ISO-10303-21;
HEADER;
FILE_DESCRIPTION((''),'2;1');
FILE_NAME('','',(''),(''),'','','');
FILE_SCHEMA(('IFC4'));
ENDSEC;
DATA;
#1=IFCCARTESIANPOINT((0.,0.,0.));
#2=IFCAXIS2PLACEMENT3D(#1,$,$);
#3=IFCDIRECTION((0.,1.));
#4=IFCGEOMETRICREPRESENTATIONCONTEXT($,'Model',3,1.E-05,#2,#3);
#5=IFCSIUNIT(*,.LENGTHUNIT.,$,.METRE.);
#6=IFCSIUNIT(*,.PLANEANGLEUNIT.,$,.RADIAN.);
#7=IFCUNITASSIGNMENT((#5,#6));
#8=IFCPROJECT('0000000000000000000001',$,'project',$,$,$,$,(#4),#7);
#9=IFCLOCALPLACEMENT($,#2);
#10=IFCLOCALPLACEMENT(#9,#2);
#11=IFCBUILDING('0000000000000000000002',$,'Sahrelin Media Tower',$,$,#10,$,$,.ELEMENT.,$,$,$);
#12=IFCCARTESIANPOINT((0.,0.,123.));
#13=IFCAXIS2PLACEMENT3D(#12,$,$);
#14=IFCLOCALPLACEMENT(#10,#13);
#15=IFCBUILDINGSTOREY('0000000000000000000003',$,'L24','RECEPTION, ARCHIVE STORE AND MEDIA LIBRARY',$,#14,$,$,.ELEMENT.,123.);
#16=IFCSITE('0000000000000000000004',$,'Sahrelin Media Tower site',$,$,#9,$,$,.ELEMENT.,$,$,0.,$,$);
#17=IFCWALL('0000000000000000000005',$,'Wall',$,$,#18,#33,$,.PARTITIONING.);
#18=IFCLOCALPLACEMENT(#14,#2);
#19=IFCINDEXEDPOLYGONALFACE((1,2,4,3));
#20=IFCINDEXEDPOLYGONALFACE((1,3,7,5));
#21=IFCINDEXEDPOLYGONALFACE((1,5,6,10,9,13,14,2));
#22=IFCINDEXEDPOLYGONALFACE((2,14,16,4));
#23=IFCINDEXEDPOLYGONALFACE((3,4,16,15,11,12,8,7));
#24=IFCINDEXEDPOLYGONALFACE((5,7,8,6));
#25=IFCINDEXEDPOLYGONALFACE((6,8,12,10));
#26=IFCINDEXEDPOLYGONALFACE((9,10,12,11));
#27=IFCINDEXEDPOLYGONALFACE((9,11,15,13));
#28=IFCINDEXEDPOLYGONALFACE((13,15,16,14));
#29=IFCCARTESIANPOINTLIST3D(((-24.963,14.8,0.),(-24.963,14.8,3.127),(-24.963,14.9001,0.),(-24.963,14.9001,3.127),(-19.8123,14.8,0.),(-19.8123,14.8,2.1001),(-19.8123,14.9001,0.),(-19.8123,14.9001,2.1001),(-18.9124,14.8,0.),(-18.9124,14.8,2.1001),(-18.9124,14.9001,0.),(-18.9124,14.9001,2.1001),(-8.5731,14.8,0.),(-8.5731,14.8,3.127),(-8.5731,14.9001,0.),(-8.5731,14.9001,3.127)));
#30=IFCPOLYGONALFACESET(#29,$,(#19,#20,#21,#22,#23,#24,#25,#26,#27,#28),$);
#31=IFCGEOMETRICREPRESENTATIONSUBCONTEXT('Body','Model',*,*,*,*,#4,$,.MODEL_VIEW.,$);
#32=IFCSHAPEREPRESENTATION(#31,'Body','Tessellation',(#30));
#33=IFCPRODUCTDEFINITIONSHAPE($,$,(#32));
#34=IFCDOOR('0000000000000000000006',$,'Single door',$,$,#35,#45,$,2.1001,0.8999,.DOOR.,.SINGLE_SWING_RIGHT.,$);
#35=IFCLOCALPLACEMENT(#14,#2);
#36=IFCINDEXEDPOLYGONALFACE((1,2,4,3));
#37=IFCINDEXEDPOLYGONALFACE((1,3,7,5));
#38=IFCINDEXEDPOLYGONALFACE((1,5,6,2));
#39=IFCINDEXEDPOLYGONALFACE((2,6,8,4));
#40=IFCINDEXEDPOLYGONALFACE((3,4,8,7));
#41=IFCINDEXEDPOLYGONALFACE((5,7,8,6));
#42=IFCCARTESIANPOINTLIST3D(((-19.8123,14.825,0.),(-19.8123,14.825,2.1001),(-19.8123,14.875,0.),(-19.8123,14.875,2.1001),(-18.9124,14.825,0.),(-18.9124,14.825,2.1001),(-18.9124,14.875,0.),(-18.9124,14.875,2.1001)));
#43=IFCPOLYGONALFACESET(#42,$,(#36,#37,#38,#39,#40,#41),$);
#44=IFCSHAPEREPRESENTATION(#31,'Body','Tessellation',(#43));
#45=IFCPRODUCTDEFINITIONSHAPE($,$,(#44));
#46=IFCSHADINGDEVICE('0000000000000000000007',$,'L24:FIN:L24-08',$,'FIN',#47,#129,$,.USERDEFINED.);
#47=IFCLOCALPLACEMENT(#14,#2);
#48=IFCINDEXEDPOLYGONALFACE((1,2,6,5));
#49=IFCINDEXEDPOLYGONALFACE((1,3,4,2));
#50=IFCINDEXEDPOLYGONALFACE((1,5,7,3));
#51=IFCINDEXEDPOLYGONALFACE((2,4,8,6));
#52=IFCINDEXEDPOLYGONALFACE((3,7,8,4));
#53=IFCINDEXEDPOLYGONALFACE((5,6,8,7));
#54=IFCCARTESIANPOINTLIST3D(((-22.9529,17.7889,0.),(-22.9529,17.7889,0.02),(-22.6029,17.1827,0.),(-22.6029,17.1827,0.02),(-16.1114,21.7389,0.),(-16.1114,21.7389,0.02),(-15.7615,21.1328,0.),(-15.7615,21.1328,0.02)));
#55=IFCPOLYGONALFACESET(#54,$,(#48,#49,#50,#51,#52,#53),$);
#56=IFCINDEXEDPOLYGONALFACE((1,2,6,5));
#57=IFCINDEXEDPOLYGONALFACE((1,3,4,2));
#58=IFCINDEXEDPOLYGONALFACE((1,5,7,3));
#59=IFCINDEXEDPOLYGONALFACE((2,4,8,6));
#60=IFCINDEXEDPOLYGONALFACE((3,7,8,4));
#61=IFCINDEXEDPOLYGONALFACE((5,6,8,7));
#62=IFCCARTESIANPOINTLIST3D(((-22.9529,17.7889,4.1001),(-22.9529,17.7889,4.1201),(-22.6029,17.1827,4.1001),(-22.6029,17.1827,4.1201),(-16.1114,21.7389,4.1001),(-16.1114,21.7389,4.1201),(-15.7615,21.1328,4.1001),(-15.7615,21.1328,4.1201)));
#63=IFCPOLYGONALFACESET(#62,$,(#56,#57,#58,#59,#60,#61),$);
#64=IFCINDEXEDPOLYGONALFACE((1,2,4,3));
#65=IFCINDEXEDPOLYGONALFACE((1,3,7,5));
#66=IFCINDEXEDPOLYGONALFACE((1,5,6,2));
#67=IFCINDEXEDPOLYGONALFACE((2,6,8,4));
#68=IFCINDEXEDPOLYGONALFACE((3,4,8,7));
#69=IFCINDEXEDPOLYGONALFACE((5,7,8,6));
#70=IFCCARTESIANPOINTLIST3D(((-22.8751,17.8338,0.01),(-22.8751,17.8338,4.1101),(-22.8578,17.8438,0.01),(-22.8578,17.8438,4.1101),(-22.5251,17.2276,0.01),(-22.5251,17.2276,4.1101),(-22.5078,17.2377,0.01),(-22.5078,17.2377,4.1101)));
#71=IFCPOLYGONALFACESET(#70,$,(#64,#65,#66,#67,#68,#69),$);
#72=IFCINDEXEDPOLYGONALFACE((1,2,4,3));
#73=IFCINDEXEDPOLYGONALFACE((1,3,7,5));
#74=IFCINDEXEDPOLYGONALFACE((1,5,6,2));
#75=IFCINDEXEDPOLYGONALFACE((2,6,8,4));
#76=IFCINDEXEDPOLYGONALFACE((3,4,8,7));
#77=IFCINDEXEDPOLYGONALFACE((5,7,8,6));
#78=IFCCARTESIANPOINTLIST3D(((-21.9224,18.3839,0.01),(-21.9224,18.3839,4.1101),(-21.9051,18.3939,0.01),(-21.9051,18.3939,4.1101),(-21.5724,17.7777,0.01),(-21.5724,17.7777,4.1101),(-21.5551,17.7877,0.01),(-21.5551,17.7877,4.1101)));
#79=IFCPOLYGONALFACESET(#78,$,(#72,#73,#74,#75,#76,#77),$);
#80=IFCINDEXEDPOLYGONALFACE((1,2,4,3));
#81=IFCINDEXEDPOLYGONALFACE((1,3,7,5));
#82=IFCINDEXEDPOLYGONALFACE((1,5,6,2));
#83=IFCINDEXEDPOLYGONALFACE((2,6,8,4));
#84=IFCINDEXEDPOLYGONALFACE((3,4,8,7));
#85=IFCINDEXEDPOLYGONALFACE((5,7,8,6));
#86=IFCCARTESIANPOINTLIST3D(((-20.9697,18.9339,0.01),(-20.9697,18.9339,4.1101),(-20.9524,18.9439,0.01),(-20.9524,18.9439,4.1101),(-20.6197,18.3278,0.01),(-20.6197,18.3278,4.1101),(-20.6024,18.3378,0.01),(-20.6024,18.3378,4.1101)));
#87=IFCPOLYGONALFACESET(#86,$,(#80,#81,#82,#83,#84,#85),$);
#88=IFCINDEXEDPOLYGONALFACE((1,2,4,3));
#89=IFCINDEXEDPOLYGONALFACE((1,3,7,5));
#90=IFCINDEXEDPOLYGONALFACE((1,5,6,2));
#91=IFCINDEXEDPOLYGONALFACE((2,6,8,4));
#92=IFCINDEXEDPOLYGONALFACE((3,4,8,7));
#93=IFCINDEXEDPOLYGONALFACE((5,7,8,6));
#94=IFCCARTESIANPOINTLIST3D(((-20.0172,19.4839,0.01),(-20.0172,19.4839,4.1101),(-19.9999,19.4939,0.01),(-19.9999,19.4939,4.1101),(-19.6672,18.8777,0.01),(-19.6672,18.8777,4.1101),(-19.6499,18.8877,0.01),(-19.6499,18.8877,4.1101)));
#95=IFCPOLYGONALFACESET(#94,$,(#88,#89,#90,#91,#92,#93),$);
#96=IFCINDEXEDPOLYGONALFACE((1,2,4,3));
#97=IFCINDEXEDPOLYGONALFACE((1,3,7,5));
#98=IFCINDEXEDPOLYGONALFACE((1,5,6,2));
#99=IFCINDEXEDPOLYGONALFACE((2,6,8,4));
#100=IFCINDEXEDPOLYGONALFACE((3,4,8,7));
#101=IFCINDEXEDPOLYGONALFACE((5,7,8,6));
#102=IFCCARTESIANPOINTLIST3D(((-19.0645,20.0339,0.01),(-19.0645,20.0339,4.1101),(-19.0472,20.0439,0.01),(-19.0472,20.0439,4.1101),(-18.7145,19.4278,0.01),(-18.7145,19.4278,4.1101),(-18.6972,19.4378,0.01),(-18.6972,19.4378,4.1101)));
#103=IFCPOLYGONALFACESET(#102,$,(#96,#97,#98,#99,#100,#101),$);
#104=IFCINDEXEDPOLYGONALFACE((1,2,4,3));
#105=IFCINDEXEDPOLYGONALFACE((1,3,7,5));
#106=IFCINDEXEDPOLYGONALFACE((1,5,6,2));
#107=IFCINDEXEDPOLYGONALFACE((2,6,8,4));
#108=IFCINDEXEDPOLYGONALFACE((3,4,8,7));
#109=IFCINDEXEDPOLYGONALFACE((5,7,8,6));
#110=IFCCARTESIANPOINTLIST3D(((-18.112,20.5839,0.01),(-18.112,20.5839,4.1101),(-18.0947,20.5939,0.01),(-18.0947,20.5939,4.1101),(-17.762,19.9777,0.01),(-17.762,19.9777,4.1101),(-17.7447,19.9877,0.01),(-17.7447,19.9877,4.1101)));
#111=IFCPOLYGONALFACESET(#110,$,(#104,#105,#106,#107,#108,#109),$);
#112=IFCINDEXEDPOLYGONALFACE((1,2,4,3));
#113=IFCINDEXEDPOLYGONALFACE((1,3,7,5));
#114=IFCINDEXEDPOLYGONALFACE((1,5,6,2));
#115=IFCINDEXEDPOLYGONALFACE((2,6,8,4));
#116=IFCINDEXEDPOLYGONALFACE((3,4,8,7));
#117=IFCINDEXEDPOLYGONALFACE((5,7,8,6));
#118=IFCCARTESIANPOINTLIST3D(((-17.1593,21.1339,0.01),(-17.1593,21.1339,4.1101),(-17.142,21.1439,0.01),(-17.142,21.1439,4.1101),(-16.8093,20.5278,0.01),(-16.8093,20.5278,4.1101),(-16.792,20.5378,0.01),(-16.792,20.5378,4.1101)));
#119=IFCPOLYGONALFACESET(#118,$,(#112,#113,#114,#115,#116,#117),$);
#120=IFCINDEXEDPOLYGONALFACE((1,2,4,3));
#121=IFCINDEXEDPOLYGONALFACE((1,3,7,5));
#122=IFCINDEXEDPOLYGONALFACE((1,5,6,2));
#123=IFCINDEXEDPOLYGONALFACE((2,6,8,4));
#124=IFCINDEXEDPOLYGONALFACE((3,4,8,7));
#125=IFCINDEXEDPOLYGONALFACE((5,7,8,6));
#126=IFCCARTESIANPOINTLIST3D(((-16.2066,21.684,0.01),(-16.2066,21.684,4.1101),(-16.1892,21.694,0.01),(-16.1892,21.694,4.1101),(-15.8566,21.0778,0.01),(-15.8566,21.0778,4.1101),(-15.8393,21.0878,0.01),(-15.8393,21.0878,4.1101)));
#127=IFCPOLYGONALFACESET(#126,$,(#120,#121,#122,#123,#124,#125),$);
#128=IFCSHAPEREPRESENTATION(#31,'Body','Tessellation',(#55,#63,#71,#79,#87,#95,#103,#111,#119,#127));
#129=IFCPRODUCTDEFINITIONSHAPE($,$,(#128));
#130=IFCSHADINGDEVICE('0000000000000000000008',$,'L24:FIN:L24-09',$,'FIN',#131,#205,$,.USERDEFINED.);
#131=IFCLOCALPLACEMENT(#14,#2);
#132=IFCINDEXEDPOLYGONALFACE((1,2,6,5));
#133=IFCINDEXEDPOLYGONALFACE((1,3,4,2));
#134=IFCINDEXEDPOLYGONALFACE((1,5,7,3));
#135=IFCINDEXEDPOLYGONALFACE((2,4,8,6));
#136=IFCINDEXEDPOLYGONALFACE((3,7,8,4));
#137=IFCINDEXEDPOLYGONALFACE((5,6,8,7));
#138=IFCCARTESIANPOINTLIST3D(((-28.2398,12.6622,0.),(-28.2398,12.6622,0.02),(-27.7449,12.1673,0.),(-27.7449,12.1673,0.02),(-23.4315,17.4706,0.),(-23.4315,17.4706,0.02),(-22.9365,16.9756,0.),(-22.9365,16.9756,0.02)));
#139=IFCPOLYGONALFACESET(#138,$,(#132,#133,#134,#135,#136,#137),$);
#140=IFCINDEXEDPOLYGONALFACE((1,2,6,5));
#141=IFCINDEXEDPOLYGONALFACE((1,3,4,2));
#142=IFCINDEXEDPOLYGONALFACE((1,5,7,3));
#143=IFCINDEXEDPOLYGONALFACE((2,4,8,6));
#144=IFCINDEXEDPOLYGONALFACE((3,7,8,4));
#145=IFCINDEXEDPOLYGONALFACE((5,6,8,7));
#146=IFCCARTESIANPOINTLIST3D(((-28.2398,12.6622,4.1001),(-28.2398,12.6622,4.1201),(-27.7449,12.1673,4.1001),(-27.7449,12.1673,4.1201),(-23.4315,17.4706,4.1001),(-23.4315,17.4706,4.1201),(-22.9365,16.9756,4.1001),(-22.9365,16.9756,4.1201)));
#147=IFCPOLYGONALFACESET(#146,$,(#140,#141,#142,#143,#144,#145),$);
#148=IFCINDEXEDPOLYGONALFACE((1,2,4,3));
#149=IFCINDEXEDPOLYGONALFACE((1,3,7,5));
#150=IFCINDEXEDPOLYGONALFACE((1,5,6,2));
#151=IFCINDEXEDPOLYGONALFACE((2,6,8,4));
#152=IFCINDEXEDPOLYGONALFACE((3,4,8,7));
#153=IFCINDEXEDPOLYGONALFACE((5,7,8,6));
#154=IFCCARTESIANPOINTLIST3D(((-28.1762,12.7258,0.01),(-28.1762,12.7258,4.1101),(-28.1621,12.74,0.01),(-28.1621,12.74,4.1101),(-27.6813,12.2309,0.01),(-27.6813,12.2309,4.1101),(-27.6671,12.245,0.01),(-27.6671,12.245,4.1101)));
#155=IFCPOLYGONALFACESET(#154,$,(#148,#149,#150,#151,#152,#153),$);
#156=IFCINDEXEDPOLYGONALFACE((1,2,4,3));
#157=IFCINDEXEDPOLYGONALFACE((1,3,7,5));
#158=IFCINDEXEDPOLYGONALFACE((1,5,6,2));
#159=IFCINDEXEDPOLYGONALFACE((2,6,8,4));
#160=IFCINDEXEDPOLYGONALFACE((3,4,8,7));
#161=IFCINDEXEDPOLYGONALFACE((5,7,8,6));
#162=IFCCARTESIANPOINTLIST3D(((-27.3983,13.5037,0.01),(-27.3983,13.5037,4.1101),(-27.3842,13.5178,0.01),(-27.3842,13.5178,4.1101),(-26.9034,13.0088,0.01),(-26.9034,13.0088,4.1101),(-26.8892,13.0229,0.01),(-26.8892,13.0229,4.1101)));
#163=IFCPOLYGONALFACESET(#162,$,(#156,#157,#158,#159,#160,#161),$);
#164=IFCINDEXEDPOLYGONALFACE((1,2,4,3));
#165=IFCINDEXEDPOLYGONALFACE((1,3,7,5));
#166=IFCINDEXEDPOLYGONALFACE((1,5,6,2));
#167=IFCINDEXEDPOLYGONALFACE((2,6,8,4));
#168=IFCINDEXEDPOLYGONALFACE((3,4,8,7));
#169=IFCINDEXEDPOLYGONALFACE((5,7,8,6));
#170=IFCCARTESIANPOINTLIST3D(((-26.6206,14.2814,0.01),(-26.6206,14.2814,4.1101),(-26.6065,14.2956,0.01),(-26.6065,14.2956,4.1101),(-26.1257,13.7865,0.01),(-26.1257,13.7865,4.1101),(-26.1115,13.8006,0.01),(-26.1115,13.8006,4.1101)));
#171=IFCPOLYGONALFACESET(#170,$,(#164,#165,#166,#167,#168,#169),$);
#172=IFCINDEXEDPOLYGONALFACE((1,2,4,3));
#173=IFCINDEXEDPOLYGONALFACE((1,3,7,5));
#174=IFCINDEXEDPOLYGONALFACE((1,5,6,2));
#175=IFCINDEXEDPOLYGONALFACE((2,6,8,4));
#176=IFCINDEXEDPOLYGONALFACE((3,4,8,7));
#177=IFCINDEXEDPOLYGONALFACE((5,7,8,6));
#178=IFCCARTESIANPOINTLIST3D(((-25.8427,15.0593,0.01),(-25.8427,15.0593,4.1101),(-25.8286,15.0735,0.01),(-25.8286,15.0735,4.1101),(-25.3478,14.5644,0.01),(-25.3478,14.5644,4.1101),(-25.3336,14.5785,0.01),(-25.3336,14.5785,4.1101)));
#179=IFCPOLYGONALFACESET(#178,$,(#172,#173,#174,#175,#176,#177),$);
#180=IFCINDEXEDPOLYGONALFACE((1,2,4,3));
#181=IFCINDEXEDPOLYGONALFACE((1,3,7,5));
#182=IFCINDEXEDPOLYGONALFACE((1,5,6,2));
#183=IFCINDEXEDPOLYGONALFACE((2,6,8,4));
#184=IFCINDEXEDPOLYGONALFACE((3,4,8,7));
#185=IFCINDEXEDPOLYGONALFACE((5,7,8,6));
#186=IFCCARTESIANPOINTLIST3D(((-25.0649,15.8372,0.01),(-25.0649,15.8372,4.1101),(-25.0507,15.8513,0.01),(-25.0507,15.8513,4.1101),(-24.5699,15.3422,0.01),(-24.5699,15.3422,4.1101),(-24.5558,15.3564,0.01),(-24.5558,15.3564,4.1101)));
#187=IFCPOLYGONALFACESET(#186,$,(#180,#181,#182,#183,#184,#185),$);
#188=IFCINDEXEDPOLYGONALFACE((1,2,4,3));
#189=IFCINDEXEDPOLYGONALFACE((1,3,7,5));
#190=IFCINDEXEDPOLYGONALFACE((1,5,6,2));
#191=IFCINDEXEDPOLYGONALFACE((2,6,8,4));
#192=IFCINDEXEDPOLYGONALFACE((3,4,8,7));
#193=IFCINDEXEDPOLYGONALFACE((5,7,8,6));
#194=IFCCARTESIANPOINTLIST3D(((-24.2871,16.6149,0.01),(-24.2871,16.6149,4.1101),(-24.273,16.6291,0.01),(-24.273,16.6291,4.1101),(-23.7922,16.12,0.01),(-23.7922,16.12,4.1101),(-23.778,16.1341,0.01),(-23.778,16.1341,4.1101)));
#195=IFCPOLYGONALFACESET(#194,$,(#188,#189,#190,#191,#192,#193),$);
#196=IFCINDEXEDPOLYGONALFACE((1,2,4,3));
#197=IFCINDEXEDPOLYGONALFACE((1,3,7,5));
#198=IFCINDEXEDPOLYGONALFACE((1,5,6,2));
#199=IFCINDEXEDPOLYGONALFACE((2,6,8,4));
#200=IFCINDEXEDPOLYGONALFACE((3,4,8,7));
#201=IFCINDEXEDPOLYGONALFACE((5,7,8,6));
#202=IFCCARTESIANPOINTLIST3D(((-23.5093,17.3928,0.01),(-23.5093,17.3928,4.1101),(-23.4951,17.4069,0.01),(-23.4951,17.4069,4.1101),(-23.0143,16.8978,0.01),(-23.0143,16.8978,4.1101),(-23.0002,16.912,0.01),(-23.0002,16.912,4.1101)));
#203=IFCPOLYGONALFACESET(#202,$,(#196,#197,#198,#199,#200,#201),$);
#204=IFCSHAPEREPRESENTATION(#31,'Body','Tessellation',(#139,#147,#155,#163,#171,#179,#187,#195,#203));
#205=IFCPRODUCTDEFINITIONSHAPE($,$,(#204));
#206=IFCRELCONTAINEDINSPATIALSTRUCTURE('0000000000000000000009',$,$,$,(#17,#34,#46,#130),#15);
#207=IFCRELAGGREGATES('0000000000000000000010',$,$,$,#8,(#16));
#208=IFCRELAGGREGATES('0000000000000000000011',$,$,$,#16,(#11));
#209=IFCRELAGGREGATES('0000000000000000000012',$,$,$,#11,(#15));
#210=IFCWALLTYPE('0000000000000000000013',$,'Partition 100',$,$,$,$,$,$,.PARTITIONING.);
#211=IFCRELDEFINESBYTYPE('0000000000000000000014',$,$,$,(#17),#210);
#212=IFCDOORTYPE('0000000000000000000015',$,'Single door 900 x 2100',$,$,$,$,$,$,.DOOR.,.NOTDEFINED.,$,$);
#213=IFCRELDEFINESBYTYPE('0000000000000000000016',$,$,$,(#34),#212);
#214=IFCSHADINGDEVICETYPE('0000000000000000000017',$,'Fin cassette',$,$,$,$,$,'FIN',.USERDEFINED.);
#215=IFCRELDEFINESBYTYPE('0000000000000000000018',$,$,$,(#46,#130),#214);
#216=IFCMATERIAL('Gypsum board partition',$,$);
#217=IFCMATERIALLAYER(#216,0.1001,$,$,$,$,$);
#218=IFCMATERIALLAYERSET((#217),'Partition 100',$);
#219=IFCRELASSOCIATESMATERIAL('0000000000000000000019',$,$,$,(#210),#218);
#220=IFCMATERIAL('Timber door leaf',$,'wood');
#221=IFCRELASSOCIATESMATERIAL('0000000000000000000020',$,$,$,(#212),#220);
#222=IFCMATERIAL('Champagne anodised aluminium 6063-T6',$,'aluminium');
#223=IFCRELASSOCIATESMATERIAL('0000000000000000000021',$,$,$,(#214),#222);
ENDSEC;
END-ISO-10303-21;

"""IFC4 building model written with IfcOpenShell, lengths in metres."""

from ifc_helpers import new_model, si_unit, direction, frame, frame_2d, origin, origin_2d, place, context, subcontext, project, spatial, rectangle, extrude, material, layer, layer_set, type_object, element, fill, save


model = new_model("IFC4")

# Units and contexts
model_context = context("Model", 3, precision=1e-05, world=origin(), true_north=direction((0.0, 1.0)))
body_context = subcontext(model_context, "Body", "Model", "MODEL_VIEW")
ifc_project = project(units=[si_unit("LENGTHUNIT", "METRE"), si_unit("PLANEANGLEUNIT", "RADIAN")], contexts=[model_context])

# Site, building, storey
site_placement = place(None, origin())
site = spatial("IfcSite", under=ifc_project, at=site_placement, Name="Sahrelin Media Tower site", CompositionType="ELEMENT", RefElevation=0.0)
building_placement = place(site_placement, origin())
building = spatial("IfcBuilding", under=site, at=building_placement, Name="Sahrelin Media Tower", CompositionType="ELEMENT")
storey_placement = place(building_placement, frame((0.0, 0.0, 123.0)))
storey = spatial("IfcBuildingStorey", under=building, at=storey_placement, Name="L24", Description="RECEPTION, ARCHIVE STORE AND MEDIA LIBRARY", CompositionType="ELEMENT", Elevation=123.0)

# Shared definitions
ifc_material_1 = material(Name="Champagne anodised aluminium 6063-T6", Category="aluminium")

# Shared definitions
ifc_material_2 = material(Name="Gypsum board partition")
ifc_layer_1 = layer(ifc_material_2, 0.1001)
ifc_layer_set_1 = layer_set([ifc_layer_1], Name="Partition 100")
wall_type_1 = type_object("IfcWallType", Name="Partition 100", PredefinedType="PARTITIONING", material=ifc_layer_set_1)

# Wall, opening, door
wall_1_placement = place(storey_placement, frame((-24.9629, 14.8501, 0.0), z_axis=(0.0, 0.0, 1.0), x_axis=(1.0, 0.0, 0.0)))
wall_1 = element("IfcWall", 1, at=wall_1_placement, inside=storey, type_object=wall_type_1, Name="Wall", PredefinedType="PARTITIONING", context=body_context, shape_type="SweptSolid", body=[
    extrude(rectangle(XDim=16.3899, YDim=0.1001, at=frame_2d((8.1948, 0.0))), origin(), (0.0, 0.0, 1.0), 3.127),
])
opening_placement = place(wall_1_placement, frame((5.1506, 0.0, 0.0)))
opening = element("IfcOpeningElement", 2, at=opening_placement, cuts=wall_1, PredefinedType="OPENING", context=body_context, shape_type="SweptSolid", body=[
    extrude(rectangle(XDim=0.8999, YDim=2.1001, at=frame_2d((0.45, 1.05))), frame((0.0, 0.05, 0.0), z_axis=(0.0, -1.0, 0.0), x_axis=(1.0, 0.0, 0.0)), (0.0, 0.0, 1.0), 0.1001),
])
ifc_material_3 = material(Name="Timber door leaf", Category="wood")
door_type = type_object("IfcDoorType", Name="Single door 900 x 2100", OperationType="NOTDEFINED", PredefinedType="DOOR", material=ifc_material_3)
door_placement = place(opening_placement, origin())
door = element("IfcDoor", 3, at=door_placement, inside=storey, type_object=door_type, Name="Single door", OperationType="SINGLE_SWING_RIGHT", OverallHeight=2.1001, OverallWidth=0.8999, PredefinedType="DOOR", context=body_context, shape_type="SweptSolid", body=[
    extrude(rectangle(XDim=0.8999, YDim=2.1001, at=frame_2d((0.45, 1.05))), frame((0.0, 0.0249, 0.0), z_axis=(0.0, -1.0, 0.0), x_axis=(1.0, 0.0, 0.0)), (0.0, 0.0, 1.0), 0.05),
])
fill(opening, door)

# Shading devices
shading_device_type_1 = type_object("IfcShadingDeviceType", Name="Fin cassette", ElementType="FIN", PredefinedType="USERDEFINED", material=ifc_material_1)
placement_1 = place(storey_placement, frame((-19.1472, 19.0972, 0.0), z_axis=(0.0, 0.0, 1.0), x_axis=(0.866019, 0.500011, 0.0)))
element("IfcShadingDevice", 4, at=placement_1, inside=storey, type_object=shading_device_type_1, Name="L24:FIN:L24-08", ObjectType="FIN", PredefinedType="USERDEFINED", context=body_context, shape_type="SweptSolid", body=[
    extrude(rectangle(XDim=7.8999, YDim=0.7, at=origin_2d()), frame((0.0, 0.4199, 0.0)), (0.0, 0.0, 1.0), 0.02),
    extrude(rectangle(XDim=7.8999, YDim=0.7, at=origin_2d()), frame((0.0, 0.4199, 4.1001)), (0.0, 0.0, 1.0), 0.02),
    extrude(rectangle(XDim=0.02, YDim=0.7, at=origin_2d()), frame((-3.8501, 0.4199, 0.01), z_axis=(0.0, 0.0, 1.0), x_axis=(1.0, 0.0, 0.0)), (0.0, 0.0, 1.0), 4.1001),
    extrude(rectangle(XDim=0.02, YDim=0.7, at=origin_2d()), frame((-2.75, 0.4199, 0.01), z_axis=(0.0, 0.0, 1.0), x_axis=(1.0, 0.0, 0.0)), (0.0, 0.0, 1.0), 4.1001),
    extrude(rectangle(XDim=0.02, YDim=0.7, at=origin_2d()), frame((-1.6499, 0.4199, 0.01), z_axis=(0.0, 0.0, 1.0), x_axis=(1.0, 0.0, 0.0)), (0.0, 0.0, 1.0), 4.1001),
    extrude(rectangle(XDim=0.02, YDim=0.7, at=origin_2d()), frame((-0.55, 0.4199, 0.01), z_axis=(0.0, 0.0, 1.0), x_axis=(1.0, 0.0, 0.0)), (0.0, 0.0, 1.0), 4.1001),
    extrude(rectangle(XDim=0.02, YDim=0.7, at=origin_2d()), frame((0.55, 0.4199, 0.01), z_axis=(0.0, 0.0, 1.0), x_axis=(1.0, 0.0, 0.0)), (0.0, 0.0, 1.0), 4.1001),
    extrude(rectangle(XDim=0.02, YDim=0.7, at=origin_2d()), frame((1.6499, 0.4199, 0.01), z_axis=(0.0, 0.0, 1.0), x_axis=(1.0, 0.0, 0.0)), (0.0, 0.0, 1.0), 4.1001),
    extrude(rectangle(XDim=0.02, YDim=0.7, at=origin_2d()), frame((2.75, 0.4199, 0.01), z_axis=(0.0, 0.0, 1.0), x_axis=(1.0, 0.0, 0.0)), (0.0, 0.0, 1.0), 4.1001),
    extrude(rectangle(XDim=0.02, YDim=0.7, at=origin_2d()), frame((3.8501, 0.4199, 0.01), z_axis=(0.0, 0.0, 1.0), x_axis=(1.0, 0.0, 0.0)), (0.0, 0.0, 1.0), 4.1001),
])
placement_2 = place(storey_placement, frame((-25.2913, 14.522, 0.0), z_axis=(0.0, 0.0, 1.0), x_axis=(0.707107, 0.707107, 0.0)))
element("IfcShadingDevice", 5, at=placement_2, inside=storey, type_object=shading_device_type_1, Name="L24:FIN:L24-09", ObjectType="FIN", PredefinedType="USERDEFINED", context=body_context, shape_type="SweptSolid", body=[
    extrude(rectangle(XDim=6.8, YDim=0.7, at=origin_2d()), frame((0.0, 0.4199, 0.0)), (0.0, 0.0, 1.0), 0.02),
    extrude(rectangle(XDim=6.8, YDim=0.7, at=origin_2d()), frame((0.0, 0.4199, 4.1001)), (0.0, 0.0, 1.0), 0.02),
    extrude(rectangle(XDim=0.02, YDim=0.7, at=origin_2d()), frame((-3.3, 0.4199, 0.01), z_axis=(0.0, 0.0, 1.0), x_axis=(1.0, 0.0, 0.0)), (0.0, 0.0, 1.0), 4.1001),
    extrude(rectangle(XDim=0.02, YDim=0.7, at=origin_2d()), frame((-2.2, 0.4199, 0.01), z_axis=(0.0, 0.0, 1.0), x_axis=(1.0, 0.0, 0.0)), (0.0, 0.0, 1.0), 4.1001),
    extrude(rectangle(XDim=0.02, YDim=0.7, at=origin_2d()), frame((-1.1001, 0.4199, 0.01), z_axis=(0.0, 0.0, 1.0), x_axis=(1.0, 0.0, 0.0)), (0.0, 0.0, 1.0), 4.1001),
    extrude(rectangle(XDim=0.02, YDim=0.7, at=origin_2d()), frame((0.0, 0.4199, 0.01), z_axis=(0.0, 0.0, 1.0), x_axis=(1.0, 0.0, 0.0)), (0.0, 0.0, 1.0), 4.1001),
    extrude(rectangle(XDim=0.02, YDim=0.7, at=origin_2d()), frame((1.1001, 0.4199, 0.01), z_axis=(0.0, 0.0, 1.0), x_axis=(1.0, 0.0, 0.0)), (0.0, 0.0, 1.0), 4.1001),
    extrude(rectangle(XDim=0.02, YDim=0.7, at=origin_2d()), frame((2.2, 0.4199, 0.01), z_axis=(0.0, 0.0, 1.0), x_axis=(1.0, 0.0, 0.0)), (0.0, 0.0, 1.0), 4.1001),
    extrude(rectangle(XDim=0.02, YDim=0.7, at=origin_2d()), frame((3.3, 0.4199, 0.01), z_axis=(0.0, 0.0, 1.0), x_axis=(1.0, 0.0, 0.0)), (0.0, 0.0, 1.0), 4.1001),
])

save(model, "model.ifc")
